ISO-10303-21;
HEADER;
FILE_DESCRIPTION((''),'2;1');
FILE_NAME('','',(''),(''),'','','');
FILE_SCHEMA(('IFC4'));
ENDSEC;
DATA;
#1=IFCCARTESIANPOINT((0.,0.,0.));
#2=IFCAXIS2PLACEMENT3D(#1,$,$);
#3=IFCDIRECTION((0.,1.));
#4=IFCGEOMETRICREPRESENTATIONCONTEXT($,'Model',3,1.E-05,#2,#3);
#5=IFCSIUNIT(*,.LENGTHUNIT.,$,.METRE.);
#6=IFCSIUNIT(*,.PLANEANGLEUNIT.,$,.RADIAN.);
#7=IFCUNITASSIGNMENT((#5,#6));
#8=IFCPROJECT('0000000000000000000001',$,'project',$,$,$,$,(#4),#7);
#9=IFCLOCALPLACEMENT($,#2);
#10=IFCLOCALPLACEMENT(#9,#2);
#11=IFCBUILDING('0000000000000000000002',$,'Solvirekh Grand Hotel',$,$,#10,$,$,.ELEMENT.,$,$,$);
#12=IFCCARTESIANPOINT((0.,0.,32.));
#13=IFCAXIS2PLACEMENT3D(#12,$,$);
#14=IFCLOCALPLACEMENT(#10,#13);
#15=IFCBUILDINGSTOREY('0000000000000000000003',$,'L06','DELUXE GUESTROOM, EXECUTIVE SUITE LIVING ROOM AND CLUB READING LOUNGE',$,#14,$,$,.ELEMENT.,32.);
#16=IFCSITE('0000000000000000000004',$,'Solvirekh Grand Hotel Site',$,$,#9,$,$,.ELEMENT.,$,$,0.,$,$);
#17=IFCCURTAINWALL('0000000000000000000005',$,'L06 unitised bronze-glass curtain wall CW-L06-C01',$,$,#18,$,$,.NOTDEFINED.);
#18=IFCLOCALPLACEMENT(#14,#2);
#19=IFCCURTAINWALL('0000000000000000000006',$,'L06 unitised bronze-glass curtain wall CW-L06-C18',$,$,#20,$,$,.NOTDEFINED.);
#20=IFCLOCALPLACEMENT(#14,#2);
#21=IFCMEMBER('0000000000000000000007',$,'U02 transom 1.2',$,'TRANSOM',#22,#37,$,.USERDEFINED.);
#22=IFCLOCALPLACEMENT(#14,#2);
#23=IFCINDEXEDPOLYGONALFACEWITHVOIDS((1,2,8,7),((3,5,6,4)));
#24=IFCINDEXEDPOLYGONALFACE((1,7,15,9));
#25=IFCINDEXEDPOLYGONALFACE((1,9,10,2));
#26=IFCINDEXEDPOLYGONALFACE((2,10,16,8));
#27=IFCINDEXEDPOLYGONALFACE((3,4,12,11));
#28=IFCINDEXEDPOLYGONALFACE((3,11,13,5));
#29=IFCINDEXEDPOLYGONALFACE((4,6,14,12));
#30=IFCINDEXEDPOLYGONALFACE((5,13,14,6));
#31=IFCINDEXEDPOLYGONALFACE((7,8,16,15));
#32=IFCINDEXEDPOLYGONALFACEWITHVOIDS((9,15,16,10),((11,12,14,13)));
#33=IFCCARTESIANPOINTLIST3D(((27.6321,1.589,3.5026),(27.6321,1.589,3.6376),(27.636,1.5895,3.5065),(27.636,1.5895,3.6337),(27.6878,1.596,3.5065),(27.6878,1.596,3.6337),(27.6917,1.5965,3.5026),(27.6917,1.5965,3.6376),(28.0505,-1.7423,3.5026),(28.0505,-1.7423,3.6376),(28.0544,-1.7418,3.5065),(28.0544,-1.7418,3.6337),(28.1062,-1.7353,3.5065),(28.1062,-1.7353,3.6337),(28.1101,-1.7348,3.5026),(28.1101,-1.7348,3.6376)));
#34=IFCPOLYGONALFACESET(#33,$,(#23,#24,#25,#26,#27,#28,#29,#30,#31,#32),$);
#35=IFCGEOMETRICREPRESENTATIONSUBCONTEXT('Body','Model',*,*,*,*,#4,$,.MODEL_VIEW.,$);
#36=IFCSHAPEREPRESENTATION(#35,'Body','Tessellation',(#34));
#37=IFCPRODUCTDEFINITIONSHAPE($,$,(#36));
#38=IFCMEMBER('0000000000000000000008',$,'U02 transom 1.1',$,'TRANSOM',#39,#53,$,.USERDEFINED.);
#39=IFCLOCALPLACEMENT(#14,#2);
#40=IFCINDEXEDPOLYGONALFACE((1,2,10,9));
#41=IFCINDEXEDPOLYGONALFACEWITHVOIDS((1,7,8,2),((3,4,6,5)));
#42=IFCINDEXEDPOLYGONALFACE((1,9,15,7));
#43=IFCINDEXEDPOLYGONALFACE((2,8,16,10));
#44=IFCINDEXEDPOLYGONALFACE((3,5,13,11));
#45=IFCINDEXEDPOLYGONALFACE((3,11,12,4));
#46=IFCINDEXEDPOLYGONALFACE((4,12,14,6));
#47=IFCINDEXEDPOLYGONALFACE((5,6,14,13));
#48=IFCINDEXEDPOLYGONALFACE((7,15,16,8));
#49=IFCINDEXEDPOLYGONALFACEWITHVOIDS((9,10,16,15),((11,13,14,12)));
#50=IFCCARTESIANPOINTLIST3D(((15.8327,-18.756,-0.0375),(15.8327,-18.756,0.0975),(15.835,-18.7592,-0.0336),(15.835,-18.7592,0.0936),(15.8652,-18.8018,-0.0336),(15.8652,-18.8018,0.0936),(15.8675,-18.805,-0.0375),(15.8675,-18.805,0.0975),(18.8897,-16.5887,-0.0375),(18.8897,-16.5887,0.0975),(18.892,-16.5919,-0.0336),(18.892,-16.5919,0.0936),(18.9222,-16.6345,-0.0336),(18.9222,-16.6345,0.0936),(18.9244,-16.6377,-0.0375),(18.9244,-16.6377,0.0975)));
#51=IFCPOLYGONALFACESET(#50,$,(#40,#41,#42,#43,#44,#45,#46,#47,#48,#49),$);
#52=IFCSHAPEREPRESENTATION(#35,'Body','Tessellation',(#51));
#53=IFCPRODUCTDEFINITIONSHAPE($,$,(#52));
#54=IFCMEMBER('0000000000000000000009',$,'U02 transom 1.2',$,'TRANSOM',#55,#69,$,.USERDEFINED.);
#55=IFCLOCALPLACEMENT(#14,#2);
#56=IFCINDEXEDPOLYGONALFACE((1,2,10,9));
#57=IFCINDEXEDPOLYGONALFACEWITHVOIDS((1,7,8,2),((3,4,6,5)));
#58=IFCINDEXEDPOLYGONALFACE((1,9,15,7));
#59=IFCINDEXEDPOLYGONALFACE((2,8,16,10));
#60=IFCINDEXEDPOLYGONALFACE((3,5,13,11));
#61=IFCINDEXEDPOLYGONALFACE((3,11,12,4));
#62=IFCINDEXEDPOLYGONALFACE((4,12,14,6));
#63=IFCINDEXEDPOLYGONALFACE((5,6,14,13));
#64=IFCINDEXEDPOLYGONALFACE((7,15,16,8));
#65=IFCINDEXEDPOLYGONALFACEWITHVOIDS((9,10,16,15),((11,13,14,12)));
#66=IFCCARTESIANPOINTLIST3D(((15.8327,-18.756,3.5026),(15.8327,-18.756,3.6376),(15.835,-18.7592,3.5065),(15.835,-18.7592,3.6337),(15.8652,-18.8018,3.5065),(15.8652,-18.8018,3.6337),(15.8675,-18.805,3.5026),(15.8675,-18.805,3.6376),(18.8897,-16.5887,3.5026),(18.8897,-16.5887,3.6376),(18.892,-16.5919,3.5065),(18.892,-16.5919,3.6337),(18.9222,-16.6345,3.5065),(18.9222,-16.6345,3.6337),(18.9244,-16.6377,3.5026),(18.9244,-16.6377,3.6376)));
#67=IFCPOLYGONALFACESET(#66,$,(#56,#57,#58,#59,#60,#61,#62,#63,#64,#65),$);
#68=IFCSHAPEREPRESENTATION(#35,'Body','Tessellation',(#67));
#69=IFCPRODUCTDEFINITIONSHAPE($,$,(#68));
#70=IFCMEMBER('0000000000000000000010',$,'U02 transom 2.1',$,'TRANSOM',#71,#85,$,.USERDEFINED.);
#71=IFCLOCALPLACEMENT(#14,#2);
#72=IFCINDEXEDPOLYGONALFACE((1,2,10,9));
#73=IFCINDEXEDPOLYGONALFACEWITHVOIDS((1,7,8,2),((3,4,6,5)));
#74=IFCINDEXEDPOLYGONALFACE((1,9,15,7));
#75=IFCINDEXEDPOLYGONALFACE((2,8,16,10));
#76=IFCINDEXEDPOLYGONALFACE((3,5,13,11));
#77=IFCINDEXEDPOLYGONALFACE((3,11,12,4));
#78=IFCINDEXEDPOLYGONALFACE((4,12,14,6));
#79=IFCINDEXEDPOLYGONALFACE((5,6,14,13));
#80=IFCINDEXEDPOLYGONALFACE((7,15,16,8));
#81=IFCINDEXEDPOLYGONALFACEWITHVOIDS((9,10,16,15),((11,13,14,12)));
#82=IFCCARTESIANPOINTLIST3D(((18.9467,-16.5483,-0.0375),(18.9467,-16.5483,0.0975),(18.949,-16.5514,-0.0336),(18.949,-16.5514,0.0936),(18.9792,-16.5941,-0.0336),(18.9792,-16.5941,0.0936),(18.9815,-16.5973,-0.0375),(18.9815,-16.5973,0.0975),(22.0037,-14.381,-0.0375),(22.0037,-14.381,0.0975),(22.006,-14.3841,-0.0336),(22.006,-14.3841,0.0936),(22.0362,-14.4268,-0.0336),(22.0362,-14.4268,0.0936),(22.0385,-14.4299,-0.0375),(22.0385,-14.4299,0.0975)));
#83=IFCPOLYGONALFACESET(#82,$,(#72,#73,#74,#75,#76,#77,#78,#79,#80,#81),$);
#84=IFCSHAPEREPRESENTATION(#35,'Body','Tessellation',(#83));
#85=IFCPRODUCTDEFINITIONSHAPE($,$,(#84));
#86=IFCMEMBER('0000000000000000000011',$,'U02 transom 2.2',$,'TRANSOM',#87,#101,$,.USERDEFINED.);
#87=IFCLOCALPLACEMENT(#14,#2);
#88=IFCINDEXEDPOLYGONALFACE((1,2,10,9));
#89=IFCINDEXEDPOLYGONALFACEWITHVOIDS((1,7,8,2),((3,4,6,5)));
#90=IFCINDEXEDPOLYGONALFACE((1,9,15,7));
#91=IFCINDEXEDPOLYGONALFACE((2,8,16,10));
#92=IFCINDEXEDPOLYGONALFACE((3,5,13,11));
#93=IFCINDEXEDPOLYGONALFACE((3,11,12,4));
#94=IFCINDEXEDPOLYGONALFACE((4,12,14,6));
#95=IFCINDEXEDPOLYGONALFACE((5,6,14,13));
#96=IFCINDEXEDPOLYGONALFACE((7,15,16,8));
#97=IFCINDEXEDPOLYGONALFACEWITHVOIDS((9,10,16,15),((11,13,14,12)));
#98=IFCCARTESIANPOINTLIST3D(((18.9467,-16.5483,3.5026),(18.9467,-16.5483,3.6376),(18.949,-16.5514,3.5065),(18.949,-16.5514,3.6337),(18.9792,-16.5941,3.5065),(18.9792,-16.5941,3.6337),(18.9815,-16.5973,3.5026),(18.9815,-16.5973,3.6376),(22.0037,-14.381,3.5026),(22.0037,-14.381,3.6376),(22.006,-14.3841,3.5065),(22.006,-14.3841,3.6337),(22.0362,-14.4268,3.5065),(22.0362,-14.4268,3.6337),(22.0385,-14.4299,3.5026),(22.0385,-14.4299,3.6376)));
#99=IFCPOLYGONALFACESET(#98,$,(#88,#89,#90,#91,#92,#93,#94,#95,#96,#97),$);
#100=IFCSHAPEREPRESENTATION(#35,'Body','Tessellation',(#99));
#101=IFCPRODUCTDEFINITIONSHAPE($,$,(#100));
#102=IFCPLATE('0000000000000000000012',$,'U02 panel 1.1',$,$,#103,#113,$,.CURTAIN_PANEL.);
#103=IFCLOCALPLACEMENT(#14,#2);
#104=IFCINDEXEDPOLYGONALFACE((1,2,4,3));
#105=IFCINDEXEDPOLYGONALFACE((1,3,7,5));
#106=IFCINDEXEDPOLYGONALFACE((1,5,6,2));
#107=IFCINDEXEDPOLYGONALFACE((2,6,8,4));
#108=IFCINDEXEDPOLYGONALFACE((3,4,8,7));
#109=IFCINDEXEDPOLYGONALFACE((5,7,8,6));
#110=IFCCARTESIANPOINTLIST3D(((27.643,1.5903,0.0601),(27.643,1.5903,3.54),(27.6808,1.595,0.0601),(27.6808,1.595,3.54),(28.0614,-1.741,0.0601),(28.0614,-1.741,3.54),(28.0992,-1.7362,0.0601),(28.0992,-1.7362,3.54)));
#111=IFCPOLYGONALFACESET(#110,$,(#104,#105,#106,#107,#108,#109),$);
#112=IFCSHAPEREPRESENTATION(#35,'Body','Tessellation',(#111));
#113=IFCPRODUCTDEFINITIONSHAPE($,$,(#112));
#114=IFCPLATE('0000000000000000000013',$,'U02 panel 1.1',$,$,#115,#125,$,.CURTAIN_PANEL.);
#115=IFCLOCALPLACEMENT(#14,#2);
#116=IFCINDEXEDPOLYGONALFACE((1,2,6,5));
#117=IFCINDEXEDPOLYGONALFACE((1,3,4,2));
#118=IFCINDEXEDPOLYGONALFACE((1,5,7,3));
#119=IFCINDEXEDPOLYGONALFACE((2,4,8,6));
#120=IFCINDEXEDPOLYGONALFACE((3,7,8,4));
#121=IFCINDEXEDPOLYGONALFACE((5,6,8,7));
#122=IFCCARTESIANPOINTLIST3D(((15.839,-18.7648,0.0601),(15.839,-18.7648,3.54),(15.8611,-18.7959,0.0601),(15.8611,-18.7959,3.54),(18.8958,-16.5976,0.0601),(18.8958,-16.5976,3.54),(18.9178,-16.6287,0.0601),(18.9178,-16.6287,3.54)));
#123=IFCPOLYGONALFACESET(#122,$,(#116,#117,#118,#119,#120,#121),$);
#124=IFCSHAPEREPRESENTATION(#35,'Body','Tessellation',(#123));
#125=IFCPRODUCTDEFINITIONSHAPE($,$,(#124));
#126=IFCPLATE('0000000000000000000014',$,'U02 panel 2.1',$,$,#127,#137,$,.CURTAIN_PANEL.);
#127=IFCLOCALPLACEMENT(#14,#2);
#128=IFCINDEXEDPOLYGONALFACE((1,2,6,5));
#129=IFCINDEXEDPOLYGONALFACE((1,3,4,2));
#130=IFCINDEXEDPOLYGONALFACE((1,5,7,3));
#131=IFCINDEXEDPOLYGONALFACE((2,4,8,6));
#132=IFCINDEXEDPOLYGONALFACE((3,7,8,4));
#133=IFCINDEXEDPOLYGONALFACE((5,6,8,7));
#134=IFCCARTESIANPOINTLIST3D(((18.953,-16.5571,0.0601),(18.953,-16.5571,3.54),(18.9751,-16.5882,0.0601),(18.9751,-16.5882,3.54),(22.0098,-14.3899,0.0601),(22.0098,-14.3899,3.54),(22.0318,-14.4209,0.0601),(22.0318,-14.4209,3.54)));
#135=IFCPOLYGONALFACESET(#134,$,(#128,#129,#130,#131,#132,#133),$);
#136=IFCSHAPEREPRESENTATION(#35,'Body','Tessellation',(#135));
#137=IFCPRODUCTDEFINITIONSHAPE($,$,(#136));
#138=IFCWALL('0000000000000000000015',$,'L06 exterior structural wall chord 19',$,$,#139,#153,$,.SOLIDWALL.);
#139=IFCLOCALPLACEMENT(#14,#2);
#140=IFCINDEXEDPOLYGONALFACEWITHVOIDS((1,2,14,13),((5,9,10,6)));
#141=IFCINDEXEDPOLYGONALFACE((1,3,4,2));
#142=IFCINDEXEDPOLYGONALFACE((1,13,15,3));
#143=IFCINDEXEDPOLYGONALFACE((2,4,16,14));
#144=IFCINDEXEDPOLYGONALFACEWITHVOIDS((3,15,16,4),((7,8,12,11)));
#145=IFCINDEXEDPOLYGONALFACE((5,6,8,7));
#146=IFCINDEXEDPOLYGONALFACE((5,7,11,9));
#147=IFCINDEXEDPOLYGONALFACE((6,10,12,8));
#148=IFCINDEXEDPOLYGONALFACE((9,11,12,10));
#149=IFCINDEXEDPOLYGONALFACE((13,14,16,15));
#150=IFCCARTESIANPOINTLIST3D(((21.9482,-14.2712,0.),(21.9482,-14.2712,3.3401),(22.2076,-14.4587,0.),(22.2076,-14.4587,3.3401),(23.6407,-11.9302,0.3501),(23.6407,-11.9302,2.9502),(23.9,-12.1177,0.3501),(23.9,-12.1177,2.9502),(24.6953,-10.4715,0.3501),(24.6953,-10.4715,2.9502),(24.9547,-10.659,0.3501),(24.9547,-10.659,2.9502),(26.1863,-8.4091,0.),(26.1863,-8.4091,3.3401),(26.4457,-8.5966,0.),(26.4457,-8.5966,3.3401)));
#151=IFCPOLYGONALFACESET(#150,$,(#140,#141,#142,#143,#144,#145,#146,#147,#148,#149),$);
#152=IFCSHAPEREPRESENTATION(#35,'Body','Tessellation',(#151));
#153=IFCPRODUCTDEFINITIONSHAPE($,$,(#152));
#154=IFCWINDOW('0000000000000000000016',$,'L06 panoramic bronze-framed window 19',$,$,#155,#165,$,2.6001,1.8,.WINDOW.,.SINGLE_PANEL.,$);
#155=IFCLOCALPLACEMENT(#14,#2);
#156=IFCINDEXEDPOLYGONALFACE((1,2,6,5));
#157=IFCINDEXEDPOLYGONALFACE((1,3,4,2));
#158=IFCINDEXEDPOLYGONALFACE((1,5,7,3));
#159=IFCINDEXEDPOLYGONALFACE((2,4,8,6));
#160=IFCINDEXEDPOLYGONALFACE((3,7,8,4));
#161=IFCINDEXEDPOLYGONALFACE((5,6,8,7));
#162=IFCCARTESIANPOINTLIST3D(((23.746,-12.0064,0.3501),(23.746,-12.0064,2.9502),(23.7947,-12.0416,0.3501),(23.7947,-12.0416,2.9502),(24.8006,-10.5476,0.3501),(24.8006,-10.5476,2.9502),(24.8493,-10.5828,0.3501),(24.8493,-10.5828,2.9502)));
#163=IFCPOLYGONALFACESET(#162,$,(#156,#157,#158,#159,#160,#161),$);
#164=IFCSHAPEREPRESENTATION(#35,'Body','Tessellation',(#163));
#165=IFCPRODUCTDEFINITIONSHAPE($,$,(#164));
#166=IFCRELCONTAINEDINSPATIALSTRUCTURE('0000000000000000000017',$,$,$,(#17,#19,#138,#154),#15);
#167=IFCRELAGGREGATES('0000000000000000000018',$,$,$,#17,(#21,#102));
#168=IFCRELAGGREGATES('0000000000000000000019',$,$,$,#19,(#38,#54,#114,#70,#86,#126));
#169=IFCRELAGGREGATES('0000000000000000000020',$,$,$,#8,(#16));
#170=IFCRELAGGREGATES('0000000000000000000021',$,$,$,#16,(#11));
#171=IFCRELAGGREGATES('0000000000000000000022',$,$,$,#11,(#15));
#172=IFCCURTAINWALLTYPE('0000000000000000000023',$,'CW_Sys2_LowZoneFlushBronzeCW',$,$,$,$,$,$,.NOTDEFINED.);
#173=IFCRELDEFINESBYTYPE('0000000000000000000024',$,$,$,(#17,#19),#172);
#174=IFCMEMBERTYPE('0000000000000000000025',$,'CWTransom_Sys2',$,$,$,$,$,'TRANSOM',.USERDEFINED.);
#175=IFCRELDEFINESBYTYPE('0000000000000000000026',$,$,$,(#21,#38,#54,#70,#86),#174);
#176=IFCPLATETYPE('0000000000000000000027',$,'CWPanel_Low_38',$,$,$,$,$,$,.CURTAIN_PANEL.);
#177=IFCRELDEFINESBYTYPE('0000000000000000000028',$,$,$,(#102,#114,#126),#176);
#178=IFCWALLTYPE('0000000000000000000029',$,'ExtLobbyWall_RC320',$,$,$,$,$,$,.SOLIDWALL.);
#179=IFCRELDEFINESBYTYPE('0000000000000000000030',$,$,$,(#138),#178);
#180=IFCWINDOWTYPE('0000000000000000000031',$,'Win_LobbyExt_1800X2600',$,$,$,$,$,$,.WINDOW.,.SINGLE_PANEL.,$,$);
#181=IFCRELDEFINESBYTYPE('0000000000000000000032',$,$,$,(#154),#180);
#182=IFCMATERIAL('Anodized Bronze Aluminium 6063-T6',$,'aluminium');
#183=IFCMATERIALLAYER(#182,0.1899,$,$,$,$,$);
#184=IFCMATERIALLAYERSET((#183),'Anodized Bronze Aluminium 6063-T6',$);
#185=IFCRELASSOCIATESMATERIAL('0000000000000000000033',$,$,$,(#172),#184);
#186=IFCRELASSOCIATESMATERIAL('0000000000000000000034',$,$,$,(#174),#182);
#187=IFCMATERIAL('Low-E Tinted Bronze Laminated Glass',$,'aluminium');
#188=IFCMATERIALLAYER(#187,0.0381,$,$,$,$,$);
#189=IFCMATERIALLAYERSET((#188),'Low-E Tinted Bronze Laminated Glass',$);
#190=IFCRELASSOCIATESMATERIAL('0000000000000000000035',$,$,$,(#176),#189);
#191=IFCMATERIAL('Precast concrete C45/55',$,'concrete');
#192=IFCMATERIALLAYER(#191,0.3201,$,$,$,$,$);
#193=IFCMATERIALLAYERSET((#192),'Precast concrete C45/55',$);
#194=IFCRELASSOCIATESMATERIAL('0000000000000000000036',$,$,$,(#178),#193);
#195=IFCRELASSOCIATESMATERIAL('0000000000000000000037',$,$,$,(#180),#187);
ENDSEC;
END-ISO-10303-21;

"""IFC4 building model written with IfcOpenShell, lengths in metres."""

from ifc_helpers import new_model, si_unit, direction, frame, frame_2d, origin, origin_2d, place, context, subcontext, project, spatial, rectangle, hollow_rectangle, extrude, source, transform, mapped, material, layer, layer_set, material_profile, profile_set, type_object, element, fill, aggregate, save


model = new_model("IFC4")

# Units and contexts
model_context = context("Model", 3, precision=1e-05, world=origin(), true_north=direction((0.0, 1.0)))
body_context = subcontext(model_context, "Body", "Model", "MODEL_VIEW")
ifc_project = project(units=[si_unit("LENGTHUNIT", "METRE"), si_unit("PLANEANGLEUNIT", "RADIAN")], contexts=[model_context])

# Site, building, storey
site_placement = place(None, origin())
site = spatial("IfcSite", under=ifc_project, at=site_placement, Name="Solvirekh Grand Hotel Site", CompositionType="ELEMENT", RefElevation=0.0)
building_placement = place(site_placement, origin())
building = spatial("IfcBuilding", under=site, at=building_placement, Name="Solvirekh Grand Hotel", CompositionType="ELEMENT")
storey_placement = place(building_placement, frame((0.0, 0.0, 32.0)))
storey = spatial("IfcBuildingStorey", under=building, at=storey_placement, Name="L06", Description="DELUXE GUESTROOM, EXECUTIVE SUITE LIVING ROOM AND CLUB READING LOUNGE", CompositionType="ELEMENT", Elevation=32.0)

# Curtain wall
ifc_material_1 = material(Name="Anodized Bronze Aluminium 6063-T6", Category="aluminium")
ifc_layer_1 = layer(ifc_material_1, 0.1899)
ifc_layer_set_1 = layer_set([ifc_layer_1], Name="Anodized Bronze Aluminium 6063-T6")
curtain_wall_type = type_object("IfcCurtainWallType", Name="CW_Sys2_LowZoneFlushBronzeCW", PredefinedType="NOTDEFINED", material=ifc_layer_set_1)
curtain_wall_1_placement = place(storey_placement, origin())
curtain_wall_1 = element("IfcCurtainWall", 1, at=curtain_wall_1_placement, inside=storey, type_object=curtain_wall_type, Name="L06 unitised bronze-glass curtain wall CW-L06-C01", PredefinedType="NOTDEFINED")

# Curtain wall
curtain_wall_2_placement = place(storey_placement, origin())
curtain_wall_2 = element("IfcCurtainWall", 2, at=curtain_wall_2_placement, inside=storey, type_object=curtain_wall_type, Name="L06 unitised bronze-glass curtain wall CW-L06-C18", PredefinedType="NOTDEFINED")

# Members
ifc_material_profile_1 = material_profile(ifc_material_1, hollow_rectangle(XDim=0.0601, YDim=0.135, WallThickness=0.0039, at=origin_2d()), Name="ALU RHS 135X60X4")
ifc_profile_set_1 = profile_set([ifc_material_profile_1], Name="Anodized Bronze Aluminium 6063-T6")
member_type_1 = type_object("IfcMemberType", Name="CWTransom_Sys2", ElementType="TRANSOM", PredefinedType="USERDEFINED", material=ifc_profile_set_1)
shared_shape_1 = source(origin(), body_context, "Body", "SweptSolid", [
    extrude(hollow_rectangle(XDim=0.0601, YDim=0.135, WallThickness=0.0039, at=origin_2d()), origin(), (0.0, 0.0, 1.0), 3.3574),
])
member_1_placement = place(storey_placement, frame((28.0803, -1.7385, 3.5701), z_axis=(-0.124634, 0.992203, 0.0), x_axis=(-0.992203, -0.124634, 0.0)))
member_1 = element("IfcMember", 3, at=member_1_placement, type_object=member_type_1, Name="U02 transom 1.2", ObjectType="TRANSOM", PredefinedType="USERDEFINED", context=body_context, shape_type="MappedRepresentation", body=[
    mapped(shared_shape_1, transform((0.0, 0.0, 0.0), x_axis=(1.0, 0.0, 0.0), y_axis=(0.0, 1.0, 0.0), z_axis=(0.0, 0.0, 1.0), scale=1.0)),
])
shared_shape_2 = source(origin(), body_context, "Body", "SweptSolid", [
    extrude(hollow_rectangle(XDim=0.0601, YDim=0.135, WallThickness=0.0039, at=origin_2d()), origin(), (0.0, 0.0, 1.0), 3.7473),
])
member_2_placement = place(storey_placement, frame((15.8501, -18.7805, 0.03), z_axis=(0.81578, 0.578363, 0.0), x_axis=(-0.578363, 0.81578, 0.0)))
member_2 = element("IfcMember", 4, at=member_2_placement, type_object=member_type_1, Name="U02 transom 1.1", ObjectType="TRANSOM", PredefinedType="USERDEFINED", context=body_context, shape_type="MappedRepresentation", body=[
    mapped(shared_shape_2, transform((0.0, 0.0, 0.0), x_axis=(1.0, 0.0, 0.0), y_axis=(0.0, 1.0, 0.0), z_axis=(0.0, 0.0, 1.0), scale=1.0)),
])
member_3_placement = place(storey_placement, frame((15.8501, -18.7805, 3.5701), z_axis=(0.81578, 0.578363, 0.0), x_axis=(-0.578363, 0.81578, 0.0)))
member_3 = element("IfcMember", 5, at=member_3_placement, type_object=member_type_1, Name="U02 transom 1.2", ObjectType="TRANSOM", PredefinedType="USERDEFINED", context=body_context, shape_type="MappedRepresentation", body=[
    mapped(shared_shape_2, transform((0.0, 0.0, 0.0), x_axis=(1.0, 0.0, 0.0), y_axis=(0.0, 1.0, 0.0), z_axis=(0.0, 0.0, 1.0), scale=1.0)),
])
member_4_placement = place(storey_placement, frame((18.9641, -16.5728, 0.03), z_axis=(0.81578, 0.578363, 0.0), x_axis=(-0.578363, 0.81578, 0.0)))
member_4 = element("IfcMember", 6, at=member_4_placement, type_object=member_type_1, Name="U02 transom 2.1", ObjectType="TRANSOM", PredefinedType="USERDEFINED", context=body_context, shape_type="MappedRepresentation", body=[
    mapped(shared_shape_2, transform((0.0, 0.0, 0.0), x_axis=(1.0, 0.0, 0.0), y_axis=(0.0, 1.0, 0.0), z_axis=(0.0, 0.0, 1.0), scale=1.0)),
])
member_5_placement = place(storey_placement, frame((18.9641, -16.5728, 3.5701), z_axis=(0.81578, 0.578363, 0.0), x_axis=(-0.578363, 0.81578, 0.0)))
member_5 = element("IfcMember", 7, at=member_5_placement, type_object=member_type_1, Name="U02 transom 2.2", ObjectType="TRANSOM", PredefinedType="USERDEFINED", context=body_context, shape_type="MappedRepresentation", body=[
    mapped(shared_shape_2, transform((0.0, 0.0, 0.0), x_axis=(1.0, 0.0, 0.0), y_axis=(0.0, 1.0, 0.0), z_axis=(0.0, 0.0, 1.0), scale=1.0)),
])

# Plates
ifc_material_2 = material(Name="Low-E Tinted Bronze Laminated Glass", Category="aluminium")
ifc_layer_2 = layer(ifc_material_2, 0.0381)
ifc_layer_set_2 = layer_set([ifc_layer_2], Name="Low-E Tinted Bronze Laminated Glass")
plate_type = type_object("IfcPlateType", Name="CWPanel_Low_38", PredefinedType="CURTAIN_PANEL", material=ifc_layer_set_2)
shared_shape_3 = source(origin(), body_context, "Body", "SweptSolid", [
    extrude(rectangle(XDim=3.3574, YDim=0.0381, at=origin_2d()), origin(), (0.0, 0.0, 1.0), 3.48),
])
plate_1_placement = place(storey_placement, frame((27.8711, -0.073, 0.0601), z_axis=(0.0, 0.0, 1.0), x_axis=(-0.124621, 0.992204, 0.0)))
plate_1 = element("IfcPlate", 8, at=plate_1_placement, type_object=plate_type, Name="U02 panel 1.1", PredefinedType="CURTAIN_PANEL", context=body_context, shape_type="MappedRepresentation", body=[
    mapped(shared_shape_3, transform((0.0, 0.0, 0.0), x_axis=(1.0, 0.0, 0.0), y_axis=(0.0, 1.0, 0.0), z_axis=(0.0, 0.0, 1.0), scale=1.0)),
])
aggregate(curtain_wall_1, [member_1, plate_1])
shared_shape_4 = source(origin(), body_context, "Body", "SweptSolid", [
    extrude(rectangle(XDim=3.7471, YDim=0.0381, at=origin_2d()), origin(), (0.0, 0.0, 1.0), 3.48),
])
plate_2_placement = place(storey_placement, frame((17.3784, -17.6968, 0.0601), z_axis=(0.0, 0.0, 1.0), x_axis=(0.815772, 0.578374, 0.0)))
plate_2 = element("IfcPlate", 9, at=plate_2_placement, type_object=plate_type, Name="U02 panel 1.1", PredefinedType="CURTAIN_PANEL", context=body_context, shape_type="MappedRepresentation", body=[
    mapped(shared_shape_4, transform((0.0, 0.0, 0.0), x_axis=(1.0, 0.0, 0.0), y_axis=(0.0, 1.0, 0.0), z_axis=(0.0, 0.0, 1.0), scale=1.0)),
])
plate_3_placement = place(storey_placement, frame((20.4924, -15.489, 0.0601), z_axis=(0.0, 0.0, 1.0), x_axis=(0.815772, 0.578374, 0.0)))
plate_3 = element("IfcPlate", 10, at=plate_3_placement, type_object=plate_type, Name="U02 panel 2.1", PredefinedType="CURTAIN_PANEL", context=body_context, shape_type="MappedRepresentation", body=[
    mapped(shared_shape_4, transform((0.0, 0.0, 0.0), x_axis=(1.0, 0.0, 0.0), y_axis=(0.0, 1.0, 0.0), z_axis=(0.0, 0.0, 1.0), scale=1.0)),
])
aggregate(curtain_wall_2, [member_2, member_3, plate_2, member_4, member_5, plate_3])

# Wall, opening, window
ifc_material_3 = material(Name="Precast concrete C45/55", Category="concrete")
ifc_layer_3 = layer(ifc_material_3, 0.3201)
ifc_layer_set_3 = layer_set([ifc_layer_3], Name="Precast concrete C45/55")
wall_type_1 = type_object("IfcWallType", Name="ExtLobbyWall_RC320", PredefinedType="SOLIDWALL", material=ifc_layer_set_3)
wall_1_placement = place(storey_placement, frame((26.3159, -8.5029, 0.0), z_axis=(0.0, 0.0, 1.0), x_axis=(-0.585884, -0.810395, 0.0)))
wall_1 = element("IfcWall", 11, at=wall_1_placement, inside=storey, type_object=wall_type_1, Name="L06 exterior structural wall chord 19", PredefinedType="SOLIDWALL", context=body_context, shape_type="SweptSolid", body=[
    extrude(rectangle(XDim=7.2336, YDim=0.3201, at=frame_2d((3.6167, 0.0))), origin(), (0.0, 0.0, 1.0), 3.3401),
])
opening_1_placement = place(wall_1_placement, frame((2.5449, 0.0, 0.3501)))
opening_1 = element("IfcOpeningElement", 12, at=opening_1_placement, cuts=wall_1, PredefinedType="OPENING", context=body_context, shape_type="SweptSolid", body=[
    extrude(rectangle(XDim=1.8, YDim=2.6001, at=frame_2d((0.8999, 1.3))), frame((0.0, 0.1699, 0.0), z_axis=(0.0, -1.0, 0.0), x_axis=(1.0, 0.0, 0.0)), (0.0, 0.0, 1.0), 0.3401),
])
window_type = type_object("IfcWindowType", Name="Win_LobbyExt_1800X2600", PartitioningType="SINGLE_PANEL", PredefinedType="WINDOW", material=ifc_material_2)
window_1_placement = place(opening_1_placement, origin())
window_1 = element("IfcWindow", 13, at=window_1_placement, inside=storey, type_object=window_type, Name="L06 panoramic bronze-framed window 19", OverallHeight=2.6001, OverallWidth=1.8, PartitioningType="SINGLE_PANEL", PredefinedType="WINDOW", context=body_context, shape_type="SweptSolid", body=[
    extrude(rectangle(XDim=1.8, YDim=2.6001, at=frame_2d((0.8999, 1.3))), frame((0.0, 0.03, 0.0), z_axis=(0.0, -1.0, 0.0), x_axis=(1.0, 0.0, 0.0)), (0.0, 0.0, 1.0), 0.0601),
])
fill(opening_1, window_1)

save(model, "model.ifc")
